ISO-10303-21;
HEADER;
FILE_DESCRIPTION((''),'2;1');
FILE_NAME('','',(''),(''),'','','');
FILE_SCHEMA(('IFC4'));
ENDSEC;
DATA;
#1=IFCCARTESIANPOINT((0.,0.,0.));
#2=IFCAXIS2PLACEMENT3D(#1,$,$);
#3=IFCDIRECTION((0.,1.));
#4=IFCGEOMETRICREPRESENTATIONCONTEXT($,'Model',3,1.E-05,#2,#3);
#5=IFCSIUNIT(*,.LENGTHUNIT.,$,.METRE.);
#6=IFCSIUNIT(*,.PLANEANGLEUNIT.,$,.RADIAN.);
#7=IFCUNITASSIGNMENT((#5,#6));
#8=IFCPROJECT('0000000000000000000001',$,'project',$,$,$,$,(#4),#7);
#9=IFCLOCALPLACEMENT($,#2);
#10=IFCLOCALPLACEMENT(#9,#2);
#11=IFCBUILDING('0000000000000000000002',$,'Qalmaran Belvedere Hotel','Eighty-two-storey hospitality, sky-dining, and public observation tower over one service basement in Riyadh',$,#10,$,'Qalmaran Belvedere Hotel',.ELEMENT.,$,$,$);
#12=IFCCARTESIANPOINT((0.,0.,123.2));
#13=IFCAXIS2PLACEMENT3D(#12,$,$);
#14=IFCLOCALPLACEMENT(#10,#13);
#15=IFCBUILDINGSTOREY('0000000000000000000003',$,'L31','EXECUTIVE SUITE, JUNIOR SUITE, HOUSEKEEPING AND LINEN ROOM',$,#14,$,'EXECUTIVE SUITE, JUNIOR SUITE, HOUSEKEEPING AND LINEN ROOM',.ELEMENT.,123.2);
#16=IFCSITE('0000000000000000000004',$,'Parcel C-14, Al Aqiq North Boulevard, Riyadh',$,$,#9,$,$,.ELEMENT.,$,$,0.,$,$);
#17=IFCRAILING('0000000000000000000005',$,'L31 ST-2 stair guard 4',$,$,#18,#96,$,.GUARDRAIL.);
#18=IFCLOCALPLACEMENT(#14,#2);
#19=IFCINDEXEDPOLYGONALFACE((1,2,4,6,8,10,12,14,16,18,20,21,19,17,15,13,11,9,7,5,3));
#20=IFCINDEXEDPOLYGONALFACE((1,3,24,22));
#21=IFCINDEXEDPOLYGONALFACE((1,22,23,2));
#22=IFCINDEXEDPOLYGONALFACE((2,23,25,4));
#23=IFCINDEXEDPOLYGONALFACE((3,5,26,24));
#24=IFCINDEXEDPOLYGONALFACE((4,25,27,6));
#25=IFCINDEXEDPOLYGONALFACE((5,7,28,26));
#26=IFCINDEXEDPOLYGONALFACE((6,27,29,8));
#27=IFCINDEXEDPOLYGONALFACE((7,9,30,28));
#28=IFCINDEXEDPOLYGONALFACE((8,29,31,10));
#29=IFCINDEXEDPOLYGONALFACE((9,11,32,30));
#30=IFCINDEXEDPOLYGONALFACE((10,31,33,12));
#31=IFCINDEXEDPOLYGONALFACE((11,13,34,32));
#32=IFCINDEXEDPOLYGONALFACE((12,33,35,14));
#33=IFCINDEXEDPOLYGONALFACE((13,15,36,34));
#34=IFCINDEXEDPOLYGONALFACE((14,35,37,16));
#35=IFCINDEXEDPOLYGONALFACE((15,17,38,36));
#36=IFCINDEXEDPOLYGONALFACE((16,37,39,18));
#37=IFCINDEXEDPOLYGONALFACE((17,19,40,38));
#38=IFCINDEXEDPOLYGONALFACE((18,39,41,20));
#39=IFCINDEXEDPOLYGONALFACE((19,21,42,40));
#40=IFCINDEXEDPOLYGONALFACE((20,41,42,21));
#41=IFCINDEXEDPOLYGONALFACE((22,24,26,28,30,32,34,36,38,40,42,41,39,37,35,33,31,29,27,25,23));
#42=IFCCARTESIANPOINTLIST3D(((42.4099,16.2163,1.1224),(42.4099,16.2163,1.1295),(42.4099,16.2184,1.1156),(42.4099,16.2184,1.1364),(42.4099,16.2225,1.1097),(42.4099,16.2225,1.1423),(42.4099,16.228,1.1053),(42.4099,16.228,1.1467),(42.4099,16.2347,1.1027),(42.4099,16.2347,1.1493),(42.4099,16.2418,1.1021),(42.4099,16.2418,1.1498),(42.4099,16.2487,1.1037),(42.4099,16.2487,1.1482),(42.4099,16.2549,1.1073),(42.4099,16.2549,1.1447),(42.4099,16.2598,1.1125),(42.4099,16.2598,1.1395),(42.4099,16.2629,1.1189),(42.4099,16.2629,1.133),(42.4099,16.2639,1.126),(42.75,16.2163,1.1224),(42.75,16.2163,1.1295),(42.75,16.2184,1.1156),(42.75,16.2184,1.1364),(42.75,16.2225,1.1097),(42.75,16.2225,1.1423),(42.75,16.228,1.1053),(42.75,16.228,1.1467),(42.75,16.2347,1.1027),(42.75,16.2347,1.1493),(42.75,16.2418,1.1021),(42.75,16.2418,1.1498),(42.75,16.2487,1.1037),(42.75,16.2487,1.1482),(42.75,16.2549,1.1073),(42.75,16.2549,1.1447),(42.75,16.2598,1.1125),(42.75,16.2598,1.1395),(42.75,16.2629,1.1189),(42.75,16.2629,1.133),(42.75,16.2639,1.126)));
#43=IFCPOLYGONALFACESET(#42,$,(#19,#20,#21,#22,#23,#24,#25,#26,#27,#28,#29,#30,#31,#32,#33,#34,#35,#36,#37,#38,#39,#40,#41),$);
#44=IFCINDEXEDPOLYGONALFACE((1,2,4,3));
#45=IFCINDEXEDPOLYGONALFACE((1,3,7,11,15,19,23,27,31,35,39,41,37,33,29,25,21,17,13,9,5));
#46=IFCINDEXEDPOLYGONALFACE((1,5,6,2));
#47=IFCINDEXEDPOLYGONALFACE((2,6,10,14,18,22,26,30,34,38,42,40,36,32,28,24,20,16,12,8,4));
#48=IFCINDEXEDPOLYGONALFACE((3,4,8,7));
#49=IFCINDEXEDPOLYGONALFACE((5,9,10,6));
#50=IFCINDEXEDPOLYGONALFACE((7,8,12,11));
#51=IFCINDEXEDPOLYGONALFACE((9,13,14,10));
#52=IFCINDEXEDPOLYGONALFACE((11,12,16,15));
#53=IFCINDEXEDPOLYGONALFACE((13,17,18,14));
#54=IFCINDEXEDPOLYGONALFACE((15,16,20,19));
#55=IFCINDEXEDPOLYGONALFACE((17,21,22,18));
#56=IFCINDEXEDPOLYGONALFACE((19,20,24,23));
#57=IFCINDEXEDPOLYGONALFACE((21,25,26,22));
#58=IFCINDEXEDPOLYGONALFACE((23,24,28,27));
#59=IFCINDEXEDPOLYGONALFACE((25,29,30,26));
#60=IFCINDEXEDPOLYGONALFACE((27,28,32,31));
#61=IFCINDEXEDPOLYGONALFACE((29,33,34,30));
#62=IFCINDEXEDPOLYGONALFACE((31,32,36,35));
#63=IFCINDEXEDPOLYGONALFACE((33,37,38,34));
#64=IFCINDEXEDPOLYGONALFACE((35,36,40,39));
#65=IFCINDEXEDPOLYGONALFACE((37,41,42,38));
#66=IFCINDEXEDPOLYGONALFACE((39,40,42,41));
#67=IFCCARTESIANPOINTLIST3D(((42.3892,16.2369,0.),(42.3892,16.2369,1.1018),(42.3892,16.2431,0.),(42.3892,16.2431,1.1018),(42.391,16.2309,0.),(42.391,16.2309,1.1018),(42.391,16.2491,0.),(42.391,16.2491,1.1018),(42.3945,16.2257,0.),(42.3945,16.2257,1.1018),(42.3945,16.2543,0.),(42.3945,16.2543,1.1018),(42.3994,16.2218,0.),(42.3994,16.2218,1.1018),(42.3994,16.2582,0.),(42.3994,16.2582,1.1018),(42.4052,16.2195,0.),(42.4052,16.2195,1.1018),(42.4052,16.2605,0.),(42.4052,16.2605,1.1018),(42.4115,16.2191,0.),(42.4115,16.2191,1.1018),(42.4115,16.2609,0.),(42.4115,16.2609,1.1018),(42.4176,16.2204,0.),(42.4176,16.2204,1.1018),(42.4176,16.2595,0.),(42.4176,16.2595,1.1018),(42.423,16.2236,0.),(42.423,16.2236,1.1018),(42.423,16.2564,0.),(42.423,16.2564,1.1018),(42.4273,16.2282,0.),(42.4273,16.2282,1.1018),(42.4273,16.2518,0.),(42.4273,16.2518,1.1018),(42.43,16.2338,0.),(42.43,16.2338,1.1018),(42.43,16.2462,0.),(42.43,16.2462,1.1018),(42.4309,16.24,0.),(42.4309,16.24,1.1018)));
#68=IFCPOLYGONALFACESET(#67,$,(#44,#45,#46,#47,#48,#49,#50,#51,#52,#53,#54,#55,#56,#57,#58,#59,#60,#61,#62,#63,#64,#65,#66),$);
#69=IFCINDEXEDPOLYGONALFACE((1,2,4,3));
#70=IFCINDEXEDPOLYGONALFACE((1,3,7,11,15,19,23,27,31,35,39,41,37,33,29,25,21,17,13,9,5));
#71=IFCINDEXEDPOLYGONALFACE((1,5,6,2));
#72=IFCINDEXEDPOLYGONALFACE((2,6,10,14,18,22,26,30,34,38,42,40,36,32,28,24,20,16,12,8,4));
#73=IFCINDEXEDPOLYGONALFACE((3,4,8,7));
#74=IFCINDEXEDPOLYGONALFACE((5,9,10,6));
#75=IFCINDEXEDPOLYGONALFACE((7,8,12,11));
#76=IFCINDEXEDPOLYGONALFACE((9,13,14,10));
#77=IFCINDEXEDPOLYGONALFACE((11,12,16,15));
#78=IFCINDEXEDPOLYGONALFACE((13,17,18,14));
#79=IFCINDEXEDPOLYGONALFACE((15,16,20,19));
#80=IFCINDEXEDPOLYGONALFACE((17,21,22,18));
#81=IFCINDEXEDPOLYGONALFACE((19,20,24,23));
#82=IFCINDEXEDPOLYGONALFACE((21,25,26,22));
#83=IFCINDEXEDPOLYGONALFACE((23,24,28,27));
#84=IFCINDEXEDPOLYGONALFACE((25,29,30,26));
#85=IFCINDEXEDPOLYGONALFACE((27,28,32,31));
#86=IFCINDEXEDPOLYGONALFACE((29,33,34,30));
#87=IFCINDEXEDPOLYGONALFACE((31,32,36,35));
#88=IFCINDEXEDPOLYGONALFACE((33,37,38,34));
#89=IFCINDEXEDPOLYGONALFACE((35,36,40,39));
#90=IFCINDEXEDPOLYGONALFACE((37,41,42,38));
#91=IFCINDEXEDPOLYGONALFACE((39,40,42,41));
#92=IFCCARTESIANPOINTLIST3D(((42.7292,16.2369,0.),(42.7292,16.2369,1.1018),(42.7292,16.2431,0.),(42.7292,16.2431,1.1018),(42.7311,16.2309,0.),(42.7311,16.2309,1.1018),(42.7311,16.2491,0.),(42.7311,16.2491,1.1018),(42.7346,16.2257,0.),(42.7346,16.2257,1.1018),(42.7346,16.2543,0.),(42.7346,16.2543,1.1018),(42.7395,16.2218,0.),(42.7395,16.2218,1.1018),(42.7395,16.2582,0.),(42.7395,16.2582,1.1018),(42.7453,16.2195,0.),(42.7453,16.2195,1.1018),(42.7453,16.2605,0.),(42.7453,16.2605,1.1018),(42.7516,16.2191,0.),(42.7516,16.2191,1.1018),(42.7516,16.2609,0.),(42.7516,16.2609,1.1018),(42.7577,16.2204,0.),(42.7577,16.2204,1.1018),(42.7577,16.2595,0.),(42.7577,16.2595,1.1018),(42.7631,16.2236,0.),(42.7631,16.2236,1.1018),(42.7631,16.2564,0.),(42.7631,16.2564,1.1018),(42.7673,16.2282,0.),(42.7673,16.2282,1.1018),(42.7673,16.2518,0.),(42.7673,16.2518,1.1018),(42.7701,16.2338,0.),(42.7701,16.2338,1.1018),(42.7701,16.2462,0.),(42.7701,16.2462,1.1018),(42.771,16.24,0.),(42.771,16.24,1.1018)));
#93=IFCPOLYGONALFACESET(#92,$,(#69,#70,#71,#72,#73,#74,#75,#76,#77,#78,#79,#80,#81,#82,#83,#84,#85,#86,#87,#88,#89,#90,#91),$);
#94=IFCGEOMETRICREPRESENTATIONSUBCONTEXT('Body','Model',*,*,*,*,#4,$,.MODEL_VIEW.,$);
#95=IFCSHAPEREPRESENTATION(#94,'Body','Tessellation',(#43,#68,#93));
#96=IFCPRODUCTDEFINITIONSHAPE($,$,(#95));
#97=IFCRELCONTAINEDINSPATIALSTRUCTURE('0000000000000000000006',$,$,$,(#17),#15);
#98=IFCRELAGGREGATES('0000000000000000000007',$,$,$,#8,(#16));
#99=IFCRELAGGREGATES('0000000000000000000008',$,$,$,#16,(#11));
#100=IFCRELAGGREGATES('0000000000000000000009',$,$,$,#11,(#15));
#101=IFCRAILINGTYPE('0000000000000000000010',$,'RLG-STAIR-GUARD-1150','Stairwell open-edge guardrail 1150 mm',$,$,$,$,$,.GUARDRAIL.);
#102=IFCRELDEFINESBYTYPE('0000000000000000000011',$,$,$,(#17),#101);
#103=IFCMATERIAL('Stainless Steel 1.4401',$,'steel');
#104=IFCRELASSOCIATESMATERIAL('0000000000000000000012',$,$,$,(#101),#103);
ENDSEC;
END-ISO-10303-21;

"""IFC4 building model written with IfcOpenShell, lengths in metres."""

from ifc_helpers import new_model, si_unit, direction, frame, origin, origin_2d, place, context, subcontext, project, spatial, circle, extrude, material, type_object, element, save


model = new_model("IFC4")

# Units and contexts
model_context = context("Model", 3, precision=1e-05, world=origin(), true_north=direction((0.0, 1.0)))
body_context = subcontext(model_context, "Body", "Model", "MODEL_VIEW")
ifc_project = project(units=[si_unit("LENGTHUNIT", "METRE"), si_unit("PLANEANGLEUNIT", "RADIAN")], contexts=[model_context])

# Site, building, storey
site_placement = place(None, origin())
site = spatial("IfcSite", under=ifc_project, at=site_placement, Name="Parcel C-14, Al Aqiq North Boulevard, Riyadh", CompositionType="ELEMENT", RefElevation=0.0)
building_placement = place(site_placement, origin())
building = spatial("IfcBuilding", under=site, at=building_placement, Name="Qalmaran Belvedere Hotel", Description="Eighty-two-storey hospitality, sky-dining, and public observation tower over one service basement in Riyadh", LongName="Qalmaran Belvedere Hotel", CompositionType="ELEMENT")
storey_placement = place(building_placement, frame((0.0, 0.0, 123.2)))
storey = spatial("IfcBuildingStorey", under=building, at=storey_placement, Name="L31", Description="EXECUTIVE SUITE, JUNIOR SUITE, HOUSEKEEPING AND LINEN ROOM", LongName="EXECUTIVE SUITE, JUNIOR SUITE, HOUSEKEEPING AND LINEN ROOM", CompositionType="ELEMENT", Elevation=123.2)

# Shared definitions
ifc_material_1 = material(Name="Stainless Steel 1.4401", Category="steel")

# Railing
railing_type_1 = type_object("IfcRailingType", Name="RLG-STAIR-GUARD-1150", Description="Stairwell open-edge guardrail 1150 mm", PredefinedType="GUARDRAIL", material=ifc_material_1)
railing_1_placement = place(storey_placement, frame((42.4099, 16.24, 0.0)))
element("IfcRailing", 1, at=railing_1_placement, inside=storey, type_object=railing_type_1, Name="L31 ST-2 stair guard 4", PredefinedType="GUARDRAIL", context=body_context, shape_type="SweptSolid", body=[
    extrude(circle(Radius=0.0239, at=origin_2d()), frame((0.0, 0.0, 1.126), z_axis=(1.0, 0.0, 0.0), x_axis=(0.0, 1.0, 0.0)), (0.0, 0.0, 1.0), 0.3401),
    extrude(circle(Radius=0.021, at=origin_2d()), origin(), (0.0, 0.0, 1.0), 1.1018),
    extrude(circle(Radius=0.021, at=origin_2d()), frame((0.3401, 0.0, 0.0)), (0.0, 0.0, 1.0), 1.1018),
])

save(model, "model.ifc")
